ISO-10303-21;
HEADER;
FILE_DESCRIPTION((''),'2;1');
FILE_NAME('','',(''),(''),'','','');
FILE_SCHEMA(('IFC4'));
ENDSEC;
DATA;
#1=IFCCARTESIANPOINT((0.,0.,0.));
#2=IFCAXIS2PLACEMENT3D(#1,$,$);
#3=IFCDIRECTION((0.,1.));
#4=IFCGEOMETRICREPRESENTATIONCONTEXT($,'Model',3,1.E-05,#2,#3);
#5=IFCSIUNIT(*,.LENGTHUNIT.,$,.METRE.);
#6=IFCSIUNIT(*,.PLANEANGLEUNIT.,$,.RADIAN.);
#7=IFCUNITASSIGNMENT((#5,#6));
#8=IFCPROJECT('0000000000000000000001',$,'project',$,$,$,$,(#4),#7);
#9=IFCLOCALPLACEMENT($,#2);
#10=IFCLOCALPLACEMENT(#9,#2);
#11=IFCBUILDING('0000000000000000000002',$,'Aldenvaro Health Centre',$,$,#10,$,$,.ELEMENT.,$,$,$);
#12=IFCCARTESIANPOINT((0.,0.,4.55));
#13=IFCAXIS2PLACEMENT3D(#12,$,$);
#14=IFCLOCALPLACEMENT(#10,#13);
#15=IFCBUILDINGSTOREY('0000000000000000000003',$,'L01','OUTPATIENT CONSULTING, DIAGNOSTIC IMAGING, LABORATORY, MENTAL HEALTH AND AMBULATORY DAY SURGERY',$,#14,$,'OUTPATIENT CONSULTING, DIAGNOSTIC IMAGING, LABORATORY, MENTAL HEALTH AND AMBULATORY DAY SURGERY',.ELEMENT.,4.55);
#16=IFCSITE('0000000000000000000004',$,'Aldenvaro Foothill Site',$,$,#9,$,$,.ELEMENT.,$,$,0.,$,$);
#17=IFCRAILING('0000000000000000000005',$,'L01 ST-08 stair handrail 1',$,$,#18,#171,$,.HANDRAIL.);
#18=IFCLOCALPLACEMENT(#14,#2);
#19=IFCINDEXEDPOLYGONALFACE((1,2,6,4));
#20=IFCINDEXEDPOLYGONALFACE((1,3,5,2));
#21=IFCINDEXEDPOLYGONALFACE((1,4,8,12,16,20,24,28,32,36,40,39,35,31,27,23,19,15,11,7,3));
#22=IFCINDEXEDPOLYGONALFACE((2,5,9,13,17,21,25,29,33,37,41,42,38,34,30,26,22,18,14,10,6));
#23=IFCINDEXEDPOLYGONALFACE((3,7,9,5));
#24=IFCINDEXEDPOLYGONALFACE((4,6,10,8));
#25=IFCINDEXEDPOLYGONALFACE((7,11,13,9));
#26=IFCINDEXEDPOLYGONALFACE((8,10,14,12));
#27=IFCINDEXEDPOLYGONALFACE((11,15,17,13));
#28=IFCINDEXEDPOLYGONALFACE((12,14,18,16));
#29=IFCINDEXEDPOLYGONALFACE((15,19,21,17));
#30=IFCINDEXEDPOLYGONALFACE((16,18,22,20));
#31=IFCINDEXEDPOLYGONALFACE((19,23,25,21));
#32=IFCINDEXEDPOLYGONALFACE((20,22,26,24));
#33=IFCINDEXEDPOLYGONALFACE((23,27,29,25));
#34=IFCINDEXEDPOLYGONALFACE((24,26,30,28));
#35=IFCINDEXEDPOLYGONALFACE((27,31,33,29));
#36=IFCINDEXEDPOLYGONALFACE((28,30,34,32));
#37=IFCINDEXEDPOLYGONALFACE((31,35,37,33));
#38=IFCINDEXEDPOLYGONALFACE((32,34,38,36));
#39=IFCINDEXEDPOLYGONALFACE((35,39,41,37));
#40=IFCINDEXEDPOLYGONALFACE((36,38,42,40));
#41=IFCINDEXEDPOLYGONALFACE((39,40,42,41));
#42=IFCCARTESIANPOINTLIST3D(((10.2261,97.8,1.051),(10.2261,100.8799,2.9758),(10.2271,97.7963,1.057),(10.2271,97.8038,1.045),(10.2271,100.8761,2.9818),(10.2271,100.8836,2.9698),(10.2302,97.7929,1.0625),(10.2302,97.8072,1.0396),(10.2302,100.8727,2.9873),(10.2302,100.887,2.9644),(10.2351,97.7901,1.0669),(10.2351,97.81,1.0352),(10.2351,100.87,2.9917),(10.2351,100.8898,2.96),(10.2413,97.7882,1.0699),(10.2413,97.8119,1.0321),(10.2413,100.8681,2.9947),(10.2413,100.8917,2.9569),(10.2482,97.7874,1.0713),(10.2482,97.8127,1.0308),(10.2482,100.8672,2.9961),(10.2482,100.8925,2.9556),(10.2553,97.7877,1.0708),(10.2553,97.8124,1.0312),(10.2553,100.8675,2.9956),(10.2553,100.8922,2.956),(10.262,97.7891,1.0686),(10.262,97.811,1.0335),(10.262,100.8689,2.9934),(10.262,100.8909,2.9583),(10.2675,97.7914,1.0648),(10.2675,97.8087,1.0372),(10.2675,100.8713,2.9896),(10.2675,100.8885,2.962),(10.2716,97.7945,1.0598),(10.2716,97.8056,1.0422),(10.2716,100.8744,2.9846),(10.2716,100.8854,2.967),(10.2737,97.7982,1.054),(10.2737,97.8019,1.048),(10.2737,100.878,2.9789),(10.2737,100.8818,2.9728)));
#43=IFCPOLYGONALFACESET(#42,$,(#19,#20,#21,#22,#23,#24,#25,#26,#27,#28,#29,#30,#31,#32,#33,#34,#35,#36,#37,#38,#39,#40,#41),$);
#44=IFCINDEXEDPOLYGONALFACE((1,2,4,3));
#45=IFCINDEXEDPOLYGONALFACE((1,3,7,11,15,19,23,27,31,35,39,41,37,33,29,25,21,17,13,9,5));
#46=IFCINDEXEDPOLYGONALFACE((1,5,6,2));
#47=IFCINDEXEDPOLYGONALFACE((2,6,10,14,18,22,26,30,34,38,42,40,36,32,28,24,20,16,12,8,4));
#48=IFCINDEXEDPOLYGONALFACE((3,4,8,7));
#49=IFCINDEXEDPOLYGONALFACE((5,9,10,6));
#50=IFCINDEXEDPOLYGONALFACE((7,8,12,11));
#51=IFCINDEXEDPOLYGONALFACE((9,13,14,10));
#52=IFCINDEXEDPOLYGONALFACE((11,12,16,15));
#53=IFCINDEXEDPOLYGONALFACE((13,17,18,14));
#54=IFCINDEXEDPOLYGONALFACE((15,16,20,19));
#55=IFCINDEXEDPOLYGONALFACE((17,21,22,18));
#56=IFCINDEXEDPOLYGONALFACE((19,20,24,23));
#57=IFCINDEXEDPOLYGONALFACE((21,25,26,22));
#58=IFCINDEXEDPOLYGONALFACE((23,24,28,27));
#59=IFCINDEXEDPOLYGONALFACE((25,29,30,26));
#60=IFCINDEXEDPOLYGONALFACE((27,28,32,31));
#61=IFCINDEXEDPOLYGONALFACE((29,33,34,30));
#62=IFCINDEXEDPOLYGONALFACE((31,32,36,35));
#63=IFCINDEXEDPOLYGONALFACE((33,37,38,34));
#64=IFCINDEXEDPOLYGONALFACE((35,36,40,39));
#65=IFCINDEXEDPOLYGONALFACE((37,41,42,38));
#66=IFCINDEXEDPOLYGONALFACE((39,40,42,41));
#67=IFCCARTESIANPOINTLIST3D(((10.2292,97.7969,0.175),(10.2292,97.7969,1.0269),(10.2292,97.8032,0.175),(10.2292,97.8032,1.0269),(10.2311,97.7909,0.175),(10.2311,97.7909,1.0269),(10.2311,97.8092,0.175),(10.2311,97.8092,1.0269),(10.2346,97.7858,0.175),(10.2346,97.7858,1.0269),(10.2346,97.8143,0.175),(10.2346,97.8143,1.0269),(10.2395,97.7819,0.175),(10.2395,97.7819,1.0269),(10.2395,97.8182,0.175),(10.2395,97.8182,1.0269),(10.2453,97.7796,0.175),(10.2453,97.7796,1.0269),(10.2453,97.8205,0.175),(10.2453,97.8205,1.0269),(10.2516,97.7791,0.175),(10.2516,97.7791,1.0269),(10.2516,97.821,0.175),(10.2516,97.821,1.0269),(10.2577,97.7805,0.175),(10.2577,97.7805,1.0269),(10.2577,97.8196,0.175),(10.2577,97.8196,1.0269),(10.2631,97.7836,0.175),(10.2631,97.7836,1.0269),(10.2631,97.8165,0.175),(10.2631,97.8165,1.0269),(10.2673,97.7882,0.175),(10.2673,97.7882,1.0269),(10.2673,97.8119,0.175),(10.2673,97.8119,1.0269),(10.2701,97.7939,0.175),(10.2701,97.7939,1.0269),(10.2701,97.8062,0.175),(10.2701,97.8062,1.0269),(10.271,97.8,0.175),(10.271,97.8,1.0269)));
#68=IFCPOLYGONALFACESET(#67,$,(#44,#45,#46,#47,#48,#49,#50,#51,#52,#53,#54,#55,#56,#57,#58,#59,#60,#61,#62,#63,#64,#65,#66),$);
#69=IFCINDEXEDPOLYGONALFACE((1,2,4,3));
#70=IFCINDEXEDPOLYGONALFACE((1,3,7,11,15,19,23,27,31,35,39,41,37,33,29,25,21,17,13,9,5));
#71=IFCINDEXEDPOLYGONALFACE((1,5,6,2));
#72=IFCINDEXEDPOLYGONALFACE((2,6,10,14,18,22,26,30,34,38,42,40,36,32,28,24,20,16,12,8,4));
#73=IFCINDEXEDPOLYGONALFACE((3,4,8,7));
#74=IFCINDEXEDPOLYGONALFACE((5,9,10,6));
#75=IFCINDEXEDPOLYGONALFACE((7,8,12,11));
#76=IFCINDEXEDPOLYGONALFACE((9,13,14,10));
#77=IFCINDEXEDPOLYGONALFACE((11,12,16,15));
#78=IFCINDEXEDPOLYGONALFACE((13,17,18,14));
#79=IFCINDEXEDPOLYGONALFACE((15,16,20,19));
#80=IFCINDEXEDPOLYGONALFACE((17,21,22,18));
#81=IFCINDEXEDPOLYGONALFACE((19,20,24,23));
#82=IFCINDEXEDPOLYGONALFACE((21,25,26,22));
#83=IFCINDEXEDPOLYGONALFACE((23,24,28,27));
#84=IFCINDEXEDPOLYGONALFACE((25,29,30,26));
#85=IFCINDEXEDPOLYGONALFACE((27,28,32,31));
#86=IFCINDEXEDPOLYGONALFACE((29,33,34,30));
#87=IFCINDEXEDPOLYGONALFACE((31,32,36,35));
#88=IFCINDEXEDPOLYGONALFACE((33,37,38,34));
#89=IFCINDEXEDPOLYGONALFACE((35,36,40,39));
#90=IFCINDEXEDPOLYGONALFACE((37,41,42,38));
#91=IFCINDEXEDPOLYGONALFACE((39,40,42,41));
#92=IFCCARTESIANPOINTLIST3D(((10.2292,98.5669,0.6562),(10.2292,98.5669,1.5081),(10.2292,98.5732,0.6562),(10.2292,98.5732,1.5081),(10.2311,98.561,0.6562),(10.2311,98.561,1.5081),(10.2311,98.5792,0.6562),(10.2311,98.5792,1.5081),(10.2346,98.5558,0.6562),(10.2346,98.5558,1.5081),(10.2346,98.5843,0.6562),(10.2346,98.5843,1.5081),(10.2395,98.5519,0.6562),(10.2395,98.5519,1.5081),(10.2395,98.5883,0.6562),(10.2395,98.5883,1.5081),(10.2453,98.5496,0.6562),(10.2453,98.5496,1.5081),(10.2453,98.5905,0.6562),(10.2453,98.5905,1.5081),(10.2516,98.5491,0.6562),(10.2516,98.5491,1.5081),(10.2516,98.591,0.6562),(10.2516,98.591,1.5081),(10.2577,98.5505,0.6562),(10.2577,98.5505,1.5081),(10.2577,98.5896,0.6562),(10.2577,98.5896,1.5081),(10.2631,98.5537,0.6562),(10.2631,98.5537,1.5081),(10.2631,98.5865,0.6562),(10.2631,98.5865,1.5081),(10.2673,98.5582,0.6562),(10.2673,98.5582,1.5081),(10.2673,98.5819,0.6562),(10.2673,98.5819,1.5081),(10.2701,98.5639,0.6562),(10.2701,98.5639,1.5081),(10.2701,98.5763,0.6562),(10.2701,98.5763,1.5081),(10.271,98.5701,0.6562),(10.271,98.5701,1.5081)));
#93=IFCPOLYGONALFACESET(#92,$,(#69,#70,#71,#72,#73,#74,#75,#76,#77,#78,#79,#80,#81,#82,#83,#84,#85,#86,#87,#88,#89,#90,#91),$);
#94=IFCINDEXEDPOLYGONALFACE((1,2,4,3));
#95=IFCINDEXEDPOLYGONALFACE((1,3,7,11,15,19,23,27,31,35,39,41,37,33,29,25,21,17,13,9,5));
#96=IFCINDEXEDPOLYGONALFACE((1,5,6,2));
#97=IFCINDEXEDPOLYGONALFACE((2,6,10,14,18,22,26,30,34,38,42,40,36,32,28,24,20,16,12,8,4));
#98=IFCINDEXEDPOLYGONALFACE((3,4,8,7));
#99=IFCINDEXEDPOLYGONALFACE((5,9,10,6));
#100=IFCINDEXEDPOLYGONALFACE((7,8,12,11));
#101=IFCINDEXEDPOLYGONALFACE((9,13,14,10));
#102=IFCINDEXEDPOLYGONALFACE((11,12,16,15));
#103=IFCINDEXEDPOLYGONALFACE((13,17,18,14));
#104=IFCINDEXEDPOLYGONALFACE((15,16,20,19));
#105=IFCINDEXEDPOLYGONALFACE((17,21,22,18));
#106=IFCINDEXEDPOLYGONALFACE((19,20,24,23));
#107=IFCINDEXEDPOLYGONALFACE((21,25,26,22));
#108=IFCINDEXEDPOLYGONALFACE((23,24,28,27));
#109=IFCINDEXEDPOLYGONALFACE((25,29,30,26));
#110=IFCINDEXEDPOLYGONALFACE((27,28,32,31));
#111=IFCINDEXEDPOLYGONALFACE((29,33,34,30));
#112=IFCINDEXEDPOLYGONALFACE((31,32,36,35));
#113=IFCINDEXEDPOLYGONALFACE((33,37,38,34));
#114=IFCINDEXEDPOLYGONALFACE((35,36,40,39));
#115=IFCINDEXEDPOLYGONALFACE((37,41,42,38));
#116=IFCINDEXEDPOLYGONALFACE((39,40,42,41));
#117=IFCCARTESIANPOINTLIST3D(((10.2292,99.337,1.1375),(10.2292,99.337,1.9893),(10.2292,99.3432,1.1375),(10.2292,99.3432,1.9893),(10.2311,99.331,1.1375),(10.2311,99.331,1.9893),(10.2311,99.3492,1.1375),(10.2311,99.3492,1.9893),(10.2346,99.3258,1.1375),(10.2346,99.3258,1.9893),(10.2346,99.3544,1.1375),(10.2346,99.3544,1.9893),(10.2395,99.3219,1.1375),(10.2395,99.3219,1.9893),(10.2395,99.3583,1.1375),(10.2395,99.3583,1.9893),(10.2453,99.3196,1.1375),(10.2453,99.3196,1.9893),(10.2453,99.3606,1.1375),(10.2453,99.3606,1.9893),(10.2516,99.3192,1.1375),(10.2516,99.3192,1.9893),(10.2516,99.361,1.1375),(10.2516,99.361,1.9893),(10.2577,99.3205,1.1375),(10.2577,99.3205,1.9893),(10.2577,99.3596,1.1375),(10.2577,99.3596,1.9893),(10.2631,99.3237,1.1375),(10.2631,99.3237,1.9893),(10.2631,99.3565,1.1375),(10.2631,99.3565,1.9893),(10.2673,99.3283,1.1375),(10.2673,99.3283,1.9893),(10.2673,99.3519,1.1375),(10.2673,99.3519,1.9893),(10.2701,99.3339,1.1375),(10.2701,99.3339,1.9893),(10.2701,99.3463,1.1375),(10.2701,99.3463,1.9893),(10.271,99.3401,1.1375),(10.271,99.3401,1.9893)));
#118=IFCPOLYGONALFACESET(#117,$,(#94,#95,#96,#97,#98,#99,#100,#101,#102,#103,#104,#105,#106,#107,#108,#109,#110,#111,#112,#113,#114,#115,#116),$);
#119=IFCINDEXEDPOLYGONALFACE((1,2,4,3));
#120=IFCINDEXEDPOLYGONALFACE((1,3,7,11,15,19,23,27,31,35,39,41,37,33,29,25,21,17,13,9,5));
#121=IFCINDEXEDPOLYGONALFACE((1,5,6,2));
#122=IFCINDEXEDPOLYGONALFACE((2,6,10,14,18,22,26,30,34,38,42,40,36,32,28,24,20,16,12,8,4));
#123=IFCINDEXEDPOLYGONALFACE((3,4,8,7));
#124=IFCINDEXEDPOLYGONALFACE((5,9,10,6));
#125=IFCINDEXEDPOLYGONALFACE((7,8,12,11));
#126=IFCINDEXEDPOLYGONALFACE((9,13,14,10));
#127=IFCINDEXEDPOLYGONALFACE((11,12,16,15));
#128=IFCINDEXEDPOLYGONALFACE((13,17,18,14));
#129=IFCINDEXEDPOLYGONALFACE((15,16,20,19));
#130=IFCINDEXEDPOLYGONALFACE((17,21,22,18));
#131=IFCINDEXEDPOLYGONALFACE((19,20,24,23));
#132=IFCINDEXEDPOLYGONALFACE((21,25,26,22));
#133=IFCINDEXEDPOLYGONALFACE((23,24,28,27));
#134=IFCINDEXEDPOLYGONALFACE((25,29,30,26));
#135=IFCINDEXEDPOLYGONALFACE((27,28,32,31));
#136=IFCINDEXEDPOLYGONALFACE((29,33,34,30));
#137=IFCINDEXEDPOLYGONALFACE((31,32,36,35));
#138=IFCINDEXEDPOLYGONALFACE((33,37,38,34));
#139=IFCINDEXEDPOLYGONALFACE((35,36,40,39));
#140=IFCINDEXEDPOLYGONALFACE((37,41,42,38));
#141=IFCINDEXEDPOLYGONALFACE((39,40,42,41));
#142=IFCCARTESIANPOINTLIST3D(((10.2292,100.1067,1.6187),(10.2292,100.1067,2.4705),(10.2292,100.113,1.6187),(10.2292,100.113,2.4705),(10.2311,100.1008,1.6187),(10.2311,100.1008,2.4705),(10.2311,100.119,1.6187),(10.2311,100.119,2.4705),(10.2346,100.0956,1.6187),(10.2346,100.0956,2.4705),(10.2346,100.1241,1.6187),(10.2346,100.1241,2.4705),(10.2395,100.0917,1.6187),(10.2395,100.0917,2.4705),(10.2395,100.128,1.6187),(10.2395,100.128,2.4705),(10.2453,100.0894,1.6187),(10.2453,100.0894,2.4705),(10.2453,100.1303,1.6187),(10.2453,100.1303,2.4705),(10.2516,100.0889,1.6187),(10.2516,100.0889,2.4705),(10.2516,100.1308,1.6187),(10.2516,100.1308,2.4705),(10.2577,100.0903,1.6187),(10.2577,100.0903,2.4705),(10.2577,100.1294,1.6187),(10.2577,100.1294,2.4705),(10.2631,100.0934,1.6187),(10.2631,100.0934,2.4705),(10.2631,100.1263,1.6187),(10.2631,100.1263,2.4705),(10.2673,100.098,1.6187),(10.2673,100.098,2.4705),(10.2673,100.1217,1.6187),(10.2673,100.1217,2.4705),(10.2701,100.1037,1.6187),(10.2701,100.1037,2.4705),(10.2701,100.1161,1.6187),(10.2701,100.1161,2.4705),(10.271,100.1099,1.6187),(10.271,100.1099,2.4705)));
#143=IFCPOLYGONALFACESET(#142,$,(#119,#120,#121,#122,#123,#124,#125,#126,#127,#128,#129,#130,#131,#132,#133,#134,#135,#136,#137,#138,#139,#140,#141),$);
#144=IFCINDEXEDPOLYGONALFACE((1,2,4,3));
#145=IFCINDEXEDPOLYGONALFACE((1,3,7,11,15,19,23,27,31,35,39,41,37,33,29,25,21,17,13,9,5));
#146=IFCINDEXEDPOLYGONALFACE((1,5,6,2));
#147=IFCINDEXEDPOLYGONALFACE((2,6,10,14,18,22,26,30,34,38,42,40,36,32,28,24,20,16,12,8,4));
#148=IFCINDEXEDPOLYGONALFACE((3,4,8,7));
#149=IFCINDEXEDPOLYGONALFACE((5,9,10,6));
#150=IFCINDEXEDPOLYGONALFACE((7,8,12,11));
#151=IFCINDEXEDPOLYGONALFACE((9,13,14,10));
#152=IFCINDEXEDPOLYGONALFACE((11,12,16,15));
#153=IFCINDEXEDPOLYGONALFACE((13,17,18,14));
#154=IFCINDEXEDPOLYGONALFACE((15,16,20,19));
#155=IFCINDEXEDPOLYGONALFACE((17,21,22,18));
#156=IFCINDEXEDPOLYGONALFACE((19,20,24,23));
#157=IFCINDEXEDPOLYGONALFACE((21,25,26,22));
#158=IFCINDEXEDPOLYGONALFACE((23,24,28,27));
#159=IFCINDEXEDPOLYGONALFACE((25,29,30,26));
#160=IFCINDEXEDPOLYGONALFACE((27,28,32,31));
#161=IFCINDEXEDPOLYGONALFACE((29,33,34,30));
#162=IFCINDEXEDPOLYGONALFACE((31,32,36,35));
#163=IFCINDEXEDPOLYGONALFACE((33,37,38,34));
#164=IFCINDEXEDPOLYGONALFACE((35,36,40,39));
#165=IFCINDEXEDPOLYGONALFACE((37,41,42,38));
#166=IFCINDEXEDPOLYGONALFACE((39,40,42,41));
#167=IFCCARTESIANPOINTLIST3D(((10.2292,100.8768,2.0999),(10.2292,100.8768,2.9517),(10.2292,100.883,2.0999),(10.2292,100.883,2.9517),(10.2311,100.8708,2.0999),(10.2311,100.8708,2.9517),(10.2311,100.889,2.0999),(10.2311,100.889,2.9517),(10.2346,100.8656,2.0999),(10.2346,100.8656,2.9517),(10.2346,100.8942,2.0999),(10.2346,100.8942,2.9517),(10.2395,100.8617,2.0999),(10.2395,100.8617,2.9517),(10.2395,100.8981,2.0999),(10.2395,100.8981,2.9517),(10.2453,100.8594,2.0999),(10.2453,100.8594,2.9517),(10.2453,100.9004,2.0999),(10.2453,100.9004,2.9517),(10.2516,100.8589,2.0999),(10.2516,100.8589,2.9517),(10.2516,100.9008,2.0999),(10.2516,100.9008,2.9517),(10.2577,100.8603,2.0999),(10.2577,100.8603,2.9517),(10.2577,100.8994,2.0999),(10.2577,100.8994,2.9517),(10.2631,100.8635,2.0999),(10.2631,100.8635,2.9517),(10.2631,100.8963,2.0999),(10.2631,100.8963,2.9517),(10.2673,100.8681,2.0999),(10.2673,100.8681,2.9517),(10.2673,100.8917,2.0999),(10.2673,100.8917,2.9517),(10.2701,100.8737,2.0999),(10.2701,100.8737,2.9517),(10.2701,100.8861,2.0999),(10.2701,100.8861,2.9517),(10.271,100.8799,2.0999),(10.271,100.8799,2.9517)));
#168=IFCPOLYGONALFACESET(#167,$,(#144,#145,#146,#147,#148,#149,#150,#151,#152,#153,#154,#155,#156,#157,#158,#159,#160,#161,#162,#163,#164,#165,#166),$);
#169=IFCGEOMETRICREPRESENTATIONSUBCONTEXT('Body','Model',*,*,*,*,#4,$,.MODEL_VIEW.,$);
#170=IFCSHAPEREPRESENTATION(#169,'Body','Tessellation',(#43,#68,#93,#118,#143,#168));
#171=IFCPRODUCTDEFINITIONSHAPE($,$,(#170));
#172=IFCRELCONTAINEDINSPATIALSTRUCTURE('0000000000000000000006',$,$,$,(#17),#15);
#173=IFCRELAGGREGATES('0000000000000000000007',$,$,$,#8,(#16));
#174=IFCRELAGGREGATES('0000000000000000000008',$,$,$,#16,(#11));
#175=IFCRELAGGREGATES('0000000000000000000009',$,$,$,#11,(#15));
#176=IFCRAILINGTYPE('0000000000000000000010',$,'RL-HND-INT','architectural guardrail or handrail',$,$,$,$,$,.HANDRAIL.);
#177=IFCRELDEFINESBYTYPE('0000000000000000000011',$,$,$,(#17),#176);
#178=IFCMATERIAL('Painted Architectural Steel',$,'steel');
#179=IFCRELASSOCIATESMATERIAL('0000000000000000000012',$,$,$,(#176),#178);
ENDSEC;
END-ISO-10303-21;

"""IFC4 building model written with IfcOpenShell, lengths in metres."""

from ifc_helpers import new_model, si_unit, direction, frame, origin, origin_2d, place, context, subcontext, project, spatial, circle, extrude, material, type_object, element, save


model = new_model("IFC4")

# Units and contexts
model_context = context("Model", 3, precision=1e-05, world=origin(), true_north=direction((0.0, 1.0)))
body_context = subcontext(model_context, "Body", "Model", "MODEL_VIEW")
ifc_project = project(units=[si_unit("LENGTHUNIT", "METRE"), si_unit("PLANEANGLEUNIT", "RADIAN")], contexts=[model_context])

# Site, building, storey
site_placement = place(None, origin())
site = spatial("IfcSite", under=ifc_project, at=site_placement, Name="Aldenvaro Foothill Site", CompositionType="ELEMENT", RefElevation=0.0)
building_placement = place(site_placement, origin())
building = spatial("IfcBuilding", under=site, at=building_placement, Name="Aldenvaro Health Centre", CompositionType="ELEMENT")
storey_placement = place(building_placement, frame((0.0, 0.0, 4.55)))
storey = spatial("IfcBuildingStorey", under=building, at=storey_placement, Name="L01", Description="OUTPATIENT CONSULTING, DIAGNOSTIC IMAGING, LABORATORY, MENTAL HEALTH AND AMBULATORY DAY SURGERY", LongName="OUTPATIENT CONSULTING, DIAGNOSTIC IMAGING, LABORATORY, MENTAL HEALTH AND AMBULATORY DAY SURGERY", CompositionType="ELEMENT", Elevation=4.55)

# Railing
ifc_material_1 = material(Name="Painted Architectural Steel", Category="steel")
railing_type_1 = type_object("IfcRailingType", Name="RL-HND-INT", Description="architectural guardrail or handrail", PredefinedType="HANDRAIL", material=ifc_material_1)
railing_1_placement = place(storey_placement, frame((10.25, 97.8, 0.175)))
element("IfcRailing", 1, at=railing_1_placement, inside=storey, type_object=railing_type_1, Name="L01 ST-08 stair handrail 1", PredefinedType="HANDRAIL", context=body_context, shape_type="SweptSolid", body=[
    extrude(circle(Radius=0.0239, at=origin_2d()), frame((0.0, 0.0, 0.876), z_axis=(0.0, 0.84801, 0.529981), x_axis=(-1.0, 0.0, 0.0)), (0.0, 0.0, 1.0), 3.6318),
    extrude(circle(Radius=0.021, at=origin_2d()), origin(), (0.0, 0.0, 1.0), 0.8518),
    extrude(circle(Radius=0.021, at=origin_2d()), frame((0.0, 0.77, 0.4812)), (0.0, 0.0, 1.0), 0.8518),
    extrude(circle(Radius=0.021, at=origin_2d()), frame((0.0, 1.54, 0.9624)), (0.0, 0.0, 1.0), 0.8518),
    extrude(circle(Radius=0.021, at=origin_2d()), frame((0.0, 2.3098, 1.4436)), (0.0, 0.0, 1.0), 0.8518),
    extrude(circle(Radius=0.021, at=origin_2d()), frame((0.0, 3.0798, 1.9248)), (0.0, 0.0, 1.0), 0.8518),
])

save(model, "model.ifc")
